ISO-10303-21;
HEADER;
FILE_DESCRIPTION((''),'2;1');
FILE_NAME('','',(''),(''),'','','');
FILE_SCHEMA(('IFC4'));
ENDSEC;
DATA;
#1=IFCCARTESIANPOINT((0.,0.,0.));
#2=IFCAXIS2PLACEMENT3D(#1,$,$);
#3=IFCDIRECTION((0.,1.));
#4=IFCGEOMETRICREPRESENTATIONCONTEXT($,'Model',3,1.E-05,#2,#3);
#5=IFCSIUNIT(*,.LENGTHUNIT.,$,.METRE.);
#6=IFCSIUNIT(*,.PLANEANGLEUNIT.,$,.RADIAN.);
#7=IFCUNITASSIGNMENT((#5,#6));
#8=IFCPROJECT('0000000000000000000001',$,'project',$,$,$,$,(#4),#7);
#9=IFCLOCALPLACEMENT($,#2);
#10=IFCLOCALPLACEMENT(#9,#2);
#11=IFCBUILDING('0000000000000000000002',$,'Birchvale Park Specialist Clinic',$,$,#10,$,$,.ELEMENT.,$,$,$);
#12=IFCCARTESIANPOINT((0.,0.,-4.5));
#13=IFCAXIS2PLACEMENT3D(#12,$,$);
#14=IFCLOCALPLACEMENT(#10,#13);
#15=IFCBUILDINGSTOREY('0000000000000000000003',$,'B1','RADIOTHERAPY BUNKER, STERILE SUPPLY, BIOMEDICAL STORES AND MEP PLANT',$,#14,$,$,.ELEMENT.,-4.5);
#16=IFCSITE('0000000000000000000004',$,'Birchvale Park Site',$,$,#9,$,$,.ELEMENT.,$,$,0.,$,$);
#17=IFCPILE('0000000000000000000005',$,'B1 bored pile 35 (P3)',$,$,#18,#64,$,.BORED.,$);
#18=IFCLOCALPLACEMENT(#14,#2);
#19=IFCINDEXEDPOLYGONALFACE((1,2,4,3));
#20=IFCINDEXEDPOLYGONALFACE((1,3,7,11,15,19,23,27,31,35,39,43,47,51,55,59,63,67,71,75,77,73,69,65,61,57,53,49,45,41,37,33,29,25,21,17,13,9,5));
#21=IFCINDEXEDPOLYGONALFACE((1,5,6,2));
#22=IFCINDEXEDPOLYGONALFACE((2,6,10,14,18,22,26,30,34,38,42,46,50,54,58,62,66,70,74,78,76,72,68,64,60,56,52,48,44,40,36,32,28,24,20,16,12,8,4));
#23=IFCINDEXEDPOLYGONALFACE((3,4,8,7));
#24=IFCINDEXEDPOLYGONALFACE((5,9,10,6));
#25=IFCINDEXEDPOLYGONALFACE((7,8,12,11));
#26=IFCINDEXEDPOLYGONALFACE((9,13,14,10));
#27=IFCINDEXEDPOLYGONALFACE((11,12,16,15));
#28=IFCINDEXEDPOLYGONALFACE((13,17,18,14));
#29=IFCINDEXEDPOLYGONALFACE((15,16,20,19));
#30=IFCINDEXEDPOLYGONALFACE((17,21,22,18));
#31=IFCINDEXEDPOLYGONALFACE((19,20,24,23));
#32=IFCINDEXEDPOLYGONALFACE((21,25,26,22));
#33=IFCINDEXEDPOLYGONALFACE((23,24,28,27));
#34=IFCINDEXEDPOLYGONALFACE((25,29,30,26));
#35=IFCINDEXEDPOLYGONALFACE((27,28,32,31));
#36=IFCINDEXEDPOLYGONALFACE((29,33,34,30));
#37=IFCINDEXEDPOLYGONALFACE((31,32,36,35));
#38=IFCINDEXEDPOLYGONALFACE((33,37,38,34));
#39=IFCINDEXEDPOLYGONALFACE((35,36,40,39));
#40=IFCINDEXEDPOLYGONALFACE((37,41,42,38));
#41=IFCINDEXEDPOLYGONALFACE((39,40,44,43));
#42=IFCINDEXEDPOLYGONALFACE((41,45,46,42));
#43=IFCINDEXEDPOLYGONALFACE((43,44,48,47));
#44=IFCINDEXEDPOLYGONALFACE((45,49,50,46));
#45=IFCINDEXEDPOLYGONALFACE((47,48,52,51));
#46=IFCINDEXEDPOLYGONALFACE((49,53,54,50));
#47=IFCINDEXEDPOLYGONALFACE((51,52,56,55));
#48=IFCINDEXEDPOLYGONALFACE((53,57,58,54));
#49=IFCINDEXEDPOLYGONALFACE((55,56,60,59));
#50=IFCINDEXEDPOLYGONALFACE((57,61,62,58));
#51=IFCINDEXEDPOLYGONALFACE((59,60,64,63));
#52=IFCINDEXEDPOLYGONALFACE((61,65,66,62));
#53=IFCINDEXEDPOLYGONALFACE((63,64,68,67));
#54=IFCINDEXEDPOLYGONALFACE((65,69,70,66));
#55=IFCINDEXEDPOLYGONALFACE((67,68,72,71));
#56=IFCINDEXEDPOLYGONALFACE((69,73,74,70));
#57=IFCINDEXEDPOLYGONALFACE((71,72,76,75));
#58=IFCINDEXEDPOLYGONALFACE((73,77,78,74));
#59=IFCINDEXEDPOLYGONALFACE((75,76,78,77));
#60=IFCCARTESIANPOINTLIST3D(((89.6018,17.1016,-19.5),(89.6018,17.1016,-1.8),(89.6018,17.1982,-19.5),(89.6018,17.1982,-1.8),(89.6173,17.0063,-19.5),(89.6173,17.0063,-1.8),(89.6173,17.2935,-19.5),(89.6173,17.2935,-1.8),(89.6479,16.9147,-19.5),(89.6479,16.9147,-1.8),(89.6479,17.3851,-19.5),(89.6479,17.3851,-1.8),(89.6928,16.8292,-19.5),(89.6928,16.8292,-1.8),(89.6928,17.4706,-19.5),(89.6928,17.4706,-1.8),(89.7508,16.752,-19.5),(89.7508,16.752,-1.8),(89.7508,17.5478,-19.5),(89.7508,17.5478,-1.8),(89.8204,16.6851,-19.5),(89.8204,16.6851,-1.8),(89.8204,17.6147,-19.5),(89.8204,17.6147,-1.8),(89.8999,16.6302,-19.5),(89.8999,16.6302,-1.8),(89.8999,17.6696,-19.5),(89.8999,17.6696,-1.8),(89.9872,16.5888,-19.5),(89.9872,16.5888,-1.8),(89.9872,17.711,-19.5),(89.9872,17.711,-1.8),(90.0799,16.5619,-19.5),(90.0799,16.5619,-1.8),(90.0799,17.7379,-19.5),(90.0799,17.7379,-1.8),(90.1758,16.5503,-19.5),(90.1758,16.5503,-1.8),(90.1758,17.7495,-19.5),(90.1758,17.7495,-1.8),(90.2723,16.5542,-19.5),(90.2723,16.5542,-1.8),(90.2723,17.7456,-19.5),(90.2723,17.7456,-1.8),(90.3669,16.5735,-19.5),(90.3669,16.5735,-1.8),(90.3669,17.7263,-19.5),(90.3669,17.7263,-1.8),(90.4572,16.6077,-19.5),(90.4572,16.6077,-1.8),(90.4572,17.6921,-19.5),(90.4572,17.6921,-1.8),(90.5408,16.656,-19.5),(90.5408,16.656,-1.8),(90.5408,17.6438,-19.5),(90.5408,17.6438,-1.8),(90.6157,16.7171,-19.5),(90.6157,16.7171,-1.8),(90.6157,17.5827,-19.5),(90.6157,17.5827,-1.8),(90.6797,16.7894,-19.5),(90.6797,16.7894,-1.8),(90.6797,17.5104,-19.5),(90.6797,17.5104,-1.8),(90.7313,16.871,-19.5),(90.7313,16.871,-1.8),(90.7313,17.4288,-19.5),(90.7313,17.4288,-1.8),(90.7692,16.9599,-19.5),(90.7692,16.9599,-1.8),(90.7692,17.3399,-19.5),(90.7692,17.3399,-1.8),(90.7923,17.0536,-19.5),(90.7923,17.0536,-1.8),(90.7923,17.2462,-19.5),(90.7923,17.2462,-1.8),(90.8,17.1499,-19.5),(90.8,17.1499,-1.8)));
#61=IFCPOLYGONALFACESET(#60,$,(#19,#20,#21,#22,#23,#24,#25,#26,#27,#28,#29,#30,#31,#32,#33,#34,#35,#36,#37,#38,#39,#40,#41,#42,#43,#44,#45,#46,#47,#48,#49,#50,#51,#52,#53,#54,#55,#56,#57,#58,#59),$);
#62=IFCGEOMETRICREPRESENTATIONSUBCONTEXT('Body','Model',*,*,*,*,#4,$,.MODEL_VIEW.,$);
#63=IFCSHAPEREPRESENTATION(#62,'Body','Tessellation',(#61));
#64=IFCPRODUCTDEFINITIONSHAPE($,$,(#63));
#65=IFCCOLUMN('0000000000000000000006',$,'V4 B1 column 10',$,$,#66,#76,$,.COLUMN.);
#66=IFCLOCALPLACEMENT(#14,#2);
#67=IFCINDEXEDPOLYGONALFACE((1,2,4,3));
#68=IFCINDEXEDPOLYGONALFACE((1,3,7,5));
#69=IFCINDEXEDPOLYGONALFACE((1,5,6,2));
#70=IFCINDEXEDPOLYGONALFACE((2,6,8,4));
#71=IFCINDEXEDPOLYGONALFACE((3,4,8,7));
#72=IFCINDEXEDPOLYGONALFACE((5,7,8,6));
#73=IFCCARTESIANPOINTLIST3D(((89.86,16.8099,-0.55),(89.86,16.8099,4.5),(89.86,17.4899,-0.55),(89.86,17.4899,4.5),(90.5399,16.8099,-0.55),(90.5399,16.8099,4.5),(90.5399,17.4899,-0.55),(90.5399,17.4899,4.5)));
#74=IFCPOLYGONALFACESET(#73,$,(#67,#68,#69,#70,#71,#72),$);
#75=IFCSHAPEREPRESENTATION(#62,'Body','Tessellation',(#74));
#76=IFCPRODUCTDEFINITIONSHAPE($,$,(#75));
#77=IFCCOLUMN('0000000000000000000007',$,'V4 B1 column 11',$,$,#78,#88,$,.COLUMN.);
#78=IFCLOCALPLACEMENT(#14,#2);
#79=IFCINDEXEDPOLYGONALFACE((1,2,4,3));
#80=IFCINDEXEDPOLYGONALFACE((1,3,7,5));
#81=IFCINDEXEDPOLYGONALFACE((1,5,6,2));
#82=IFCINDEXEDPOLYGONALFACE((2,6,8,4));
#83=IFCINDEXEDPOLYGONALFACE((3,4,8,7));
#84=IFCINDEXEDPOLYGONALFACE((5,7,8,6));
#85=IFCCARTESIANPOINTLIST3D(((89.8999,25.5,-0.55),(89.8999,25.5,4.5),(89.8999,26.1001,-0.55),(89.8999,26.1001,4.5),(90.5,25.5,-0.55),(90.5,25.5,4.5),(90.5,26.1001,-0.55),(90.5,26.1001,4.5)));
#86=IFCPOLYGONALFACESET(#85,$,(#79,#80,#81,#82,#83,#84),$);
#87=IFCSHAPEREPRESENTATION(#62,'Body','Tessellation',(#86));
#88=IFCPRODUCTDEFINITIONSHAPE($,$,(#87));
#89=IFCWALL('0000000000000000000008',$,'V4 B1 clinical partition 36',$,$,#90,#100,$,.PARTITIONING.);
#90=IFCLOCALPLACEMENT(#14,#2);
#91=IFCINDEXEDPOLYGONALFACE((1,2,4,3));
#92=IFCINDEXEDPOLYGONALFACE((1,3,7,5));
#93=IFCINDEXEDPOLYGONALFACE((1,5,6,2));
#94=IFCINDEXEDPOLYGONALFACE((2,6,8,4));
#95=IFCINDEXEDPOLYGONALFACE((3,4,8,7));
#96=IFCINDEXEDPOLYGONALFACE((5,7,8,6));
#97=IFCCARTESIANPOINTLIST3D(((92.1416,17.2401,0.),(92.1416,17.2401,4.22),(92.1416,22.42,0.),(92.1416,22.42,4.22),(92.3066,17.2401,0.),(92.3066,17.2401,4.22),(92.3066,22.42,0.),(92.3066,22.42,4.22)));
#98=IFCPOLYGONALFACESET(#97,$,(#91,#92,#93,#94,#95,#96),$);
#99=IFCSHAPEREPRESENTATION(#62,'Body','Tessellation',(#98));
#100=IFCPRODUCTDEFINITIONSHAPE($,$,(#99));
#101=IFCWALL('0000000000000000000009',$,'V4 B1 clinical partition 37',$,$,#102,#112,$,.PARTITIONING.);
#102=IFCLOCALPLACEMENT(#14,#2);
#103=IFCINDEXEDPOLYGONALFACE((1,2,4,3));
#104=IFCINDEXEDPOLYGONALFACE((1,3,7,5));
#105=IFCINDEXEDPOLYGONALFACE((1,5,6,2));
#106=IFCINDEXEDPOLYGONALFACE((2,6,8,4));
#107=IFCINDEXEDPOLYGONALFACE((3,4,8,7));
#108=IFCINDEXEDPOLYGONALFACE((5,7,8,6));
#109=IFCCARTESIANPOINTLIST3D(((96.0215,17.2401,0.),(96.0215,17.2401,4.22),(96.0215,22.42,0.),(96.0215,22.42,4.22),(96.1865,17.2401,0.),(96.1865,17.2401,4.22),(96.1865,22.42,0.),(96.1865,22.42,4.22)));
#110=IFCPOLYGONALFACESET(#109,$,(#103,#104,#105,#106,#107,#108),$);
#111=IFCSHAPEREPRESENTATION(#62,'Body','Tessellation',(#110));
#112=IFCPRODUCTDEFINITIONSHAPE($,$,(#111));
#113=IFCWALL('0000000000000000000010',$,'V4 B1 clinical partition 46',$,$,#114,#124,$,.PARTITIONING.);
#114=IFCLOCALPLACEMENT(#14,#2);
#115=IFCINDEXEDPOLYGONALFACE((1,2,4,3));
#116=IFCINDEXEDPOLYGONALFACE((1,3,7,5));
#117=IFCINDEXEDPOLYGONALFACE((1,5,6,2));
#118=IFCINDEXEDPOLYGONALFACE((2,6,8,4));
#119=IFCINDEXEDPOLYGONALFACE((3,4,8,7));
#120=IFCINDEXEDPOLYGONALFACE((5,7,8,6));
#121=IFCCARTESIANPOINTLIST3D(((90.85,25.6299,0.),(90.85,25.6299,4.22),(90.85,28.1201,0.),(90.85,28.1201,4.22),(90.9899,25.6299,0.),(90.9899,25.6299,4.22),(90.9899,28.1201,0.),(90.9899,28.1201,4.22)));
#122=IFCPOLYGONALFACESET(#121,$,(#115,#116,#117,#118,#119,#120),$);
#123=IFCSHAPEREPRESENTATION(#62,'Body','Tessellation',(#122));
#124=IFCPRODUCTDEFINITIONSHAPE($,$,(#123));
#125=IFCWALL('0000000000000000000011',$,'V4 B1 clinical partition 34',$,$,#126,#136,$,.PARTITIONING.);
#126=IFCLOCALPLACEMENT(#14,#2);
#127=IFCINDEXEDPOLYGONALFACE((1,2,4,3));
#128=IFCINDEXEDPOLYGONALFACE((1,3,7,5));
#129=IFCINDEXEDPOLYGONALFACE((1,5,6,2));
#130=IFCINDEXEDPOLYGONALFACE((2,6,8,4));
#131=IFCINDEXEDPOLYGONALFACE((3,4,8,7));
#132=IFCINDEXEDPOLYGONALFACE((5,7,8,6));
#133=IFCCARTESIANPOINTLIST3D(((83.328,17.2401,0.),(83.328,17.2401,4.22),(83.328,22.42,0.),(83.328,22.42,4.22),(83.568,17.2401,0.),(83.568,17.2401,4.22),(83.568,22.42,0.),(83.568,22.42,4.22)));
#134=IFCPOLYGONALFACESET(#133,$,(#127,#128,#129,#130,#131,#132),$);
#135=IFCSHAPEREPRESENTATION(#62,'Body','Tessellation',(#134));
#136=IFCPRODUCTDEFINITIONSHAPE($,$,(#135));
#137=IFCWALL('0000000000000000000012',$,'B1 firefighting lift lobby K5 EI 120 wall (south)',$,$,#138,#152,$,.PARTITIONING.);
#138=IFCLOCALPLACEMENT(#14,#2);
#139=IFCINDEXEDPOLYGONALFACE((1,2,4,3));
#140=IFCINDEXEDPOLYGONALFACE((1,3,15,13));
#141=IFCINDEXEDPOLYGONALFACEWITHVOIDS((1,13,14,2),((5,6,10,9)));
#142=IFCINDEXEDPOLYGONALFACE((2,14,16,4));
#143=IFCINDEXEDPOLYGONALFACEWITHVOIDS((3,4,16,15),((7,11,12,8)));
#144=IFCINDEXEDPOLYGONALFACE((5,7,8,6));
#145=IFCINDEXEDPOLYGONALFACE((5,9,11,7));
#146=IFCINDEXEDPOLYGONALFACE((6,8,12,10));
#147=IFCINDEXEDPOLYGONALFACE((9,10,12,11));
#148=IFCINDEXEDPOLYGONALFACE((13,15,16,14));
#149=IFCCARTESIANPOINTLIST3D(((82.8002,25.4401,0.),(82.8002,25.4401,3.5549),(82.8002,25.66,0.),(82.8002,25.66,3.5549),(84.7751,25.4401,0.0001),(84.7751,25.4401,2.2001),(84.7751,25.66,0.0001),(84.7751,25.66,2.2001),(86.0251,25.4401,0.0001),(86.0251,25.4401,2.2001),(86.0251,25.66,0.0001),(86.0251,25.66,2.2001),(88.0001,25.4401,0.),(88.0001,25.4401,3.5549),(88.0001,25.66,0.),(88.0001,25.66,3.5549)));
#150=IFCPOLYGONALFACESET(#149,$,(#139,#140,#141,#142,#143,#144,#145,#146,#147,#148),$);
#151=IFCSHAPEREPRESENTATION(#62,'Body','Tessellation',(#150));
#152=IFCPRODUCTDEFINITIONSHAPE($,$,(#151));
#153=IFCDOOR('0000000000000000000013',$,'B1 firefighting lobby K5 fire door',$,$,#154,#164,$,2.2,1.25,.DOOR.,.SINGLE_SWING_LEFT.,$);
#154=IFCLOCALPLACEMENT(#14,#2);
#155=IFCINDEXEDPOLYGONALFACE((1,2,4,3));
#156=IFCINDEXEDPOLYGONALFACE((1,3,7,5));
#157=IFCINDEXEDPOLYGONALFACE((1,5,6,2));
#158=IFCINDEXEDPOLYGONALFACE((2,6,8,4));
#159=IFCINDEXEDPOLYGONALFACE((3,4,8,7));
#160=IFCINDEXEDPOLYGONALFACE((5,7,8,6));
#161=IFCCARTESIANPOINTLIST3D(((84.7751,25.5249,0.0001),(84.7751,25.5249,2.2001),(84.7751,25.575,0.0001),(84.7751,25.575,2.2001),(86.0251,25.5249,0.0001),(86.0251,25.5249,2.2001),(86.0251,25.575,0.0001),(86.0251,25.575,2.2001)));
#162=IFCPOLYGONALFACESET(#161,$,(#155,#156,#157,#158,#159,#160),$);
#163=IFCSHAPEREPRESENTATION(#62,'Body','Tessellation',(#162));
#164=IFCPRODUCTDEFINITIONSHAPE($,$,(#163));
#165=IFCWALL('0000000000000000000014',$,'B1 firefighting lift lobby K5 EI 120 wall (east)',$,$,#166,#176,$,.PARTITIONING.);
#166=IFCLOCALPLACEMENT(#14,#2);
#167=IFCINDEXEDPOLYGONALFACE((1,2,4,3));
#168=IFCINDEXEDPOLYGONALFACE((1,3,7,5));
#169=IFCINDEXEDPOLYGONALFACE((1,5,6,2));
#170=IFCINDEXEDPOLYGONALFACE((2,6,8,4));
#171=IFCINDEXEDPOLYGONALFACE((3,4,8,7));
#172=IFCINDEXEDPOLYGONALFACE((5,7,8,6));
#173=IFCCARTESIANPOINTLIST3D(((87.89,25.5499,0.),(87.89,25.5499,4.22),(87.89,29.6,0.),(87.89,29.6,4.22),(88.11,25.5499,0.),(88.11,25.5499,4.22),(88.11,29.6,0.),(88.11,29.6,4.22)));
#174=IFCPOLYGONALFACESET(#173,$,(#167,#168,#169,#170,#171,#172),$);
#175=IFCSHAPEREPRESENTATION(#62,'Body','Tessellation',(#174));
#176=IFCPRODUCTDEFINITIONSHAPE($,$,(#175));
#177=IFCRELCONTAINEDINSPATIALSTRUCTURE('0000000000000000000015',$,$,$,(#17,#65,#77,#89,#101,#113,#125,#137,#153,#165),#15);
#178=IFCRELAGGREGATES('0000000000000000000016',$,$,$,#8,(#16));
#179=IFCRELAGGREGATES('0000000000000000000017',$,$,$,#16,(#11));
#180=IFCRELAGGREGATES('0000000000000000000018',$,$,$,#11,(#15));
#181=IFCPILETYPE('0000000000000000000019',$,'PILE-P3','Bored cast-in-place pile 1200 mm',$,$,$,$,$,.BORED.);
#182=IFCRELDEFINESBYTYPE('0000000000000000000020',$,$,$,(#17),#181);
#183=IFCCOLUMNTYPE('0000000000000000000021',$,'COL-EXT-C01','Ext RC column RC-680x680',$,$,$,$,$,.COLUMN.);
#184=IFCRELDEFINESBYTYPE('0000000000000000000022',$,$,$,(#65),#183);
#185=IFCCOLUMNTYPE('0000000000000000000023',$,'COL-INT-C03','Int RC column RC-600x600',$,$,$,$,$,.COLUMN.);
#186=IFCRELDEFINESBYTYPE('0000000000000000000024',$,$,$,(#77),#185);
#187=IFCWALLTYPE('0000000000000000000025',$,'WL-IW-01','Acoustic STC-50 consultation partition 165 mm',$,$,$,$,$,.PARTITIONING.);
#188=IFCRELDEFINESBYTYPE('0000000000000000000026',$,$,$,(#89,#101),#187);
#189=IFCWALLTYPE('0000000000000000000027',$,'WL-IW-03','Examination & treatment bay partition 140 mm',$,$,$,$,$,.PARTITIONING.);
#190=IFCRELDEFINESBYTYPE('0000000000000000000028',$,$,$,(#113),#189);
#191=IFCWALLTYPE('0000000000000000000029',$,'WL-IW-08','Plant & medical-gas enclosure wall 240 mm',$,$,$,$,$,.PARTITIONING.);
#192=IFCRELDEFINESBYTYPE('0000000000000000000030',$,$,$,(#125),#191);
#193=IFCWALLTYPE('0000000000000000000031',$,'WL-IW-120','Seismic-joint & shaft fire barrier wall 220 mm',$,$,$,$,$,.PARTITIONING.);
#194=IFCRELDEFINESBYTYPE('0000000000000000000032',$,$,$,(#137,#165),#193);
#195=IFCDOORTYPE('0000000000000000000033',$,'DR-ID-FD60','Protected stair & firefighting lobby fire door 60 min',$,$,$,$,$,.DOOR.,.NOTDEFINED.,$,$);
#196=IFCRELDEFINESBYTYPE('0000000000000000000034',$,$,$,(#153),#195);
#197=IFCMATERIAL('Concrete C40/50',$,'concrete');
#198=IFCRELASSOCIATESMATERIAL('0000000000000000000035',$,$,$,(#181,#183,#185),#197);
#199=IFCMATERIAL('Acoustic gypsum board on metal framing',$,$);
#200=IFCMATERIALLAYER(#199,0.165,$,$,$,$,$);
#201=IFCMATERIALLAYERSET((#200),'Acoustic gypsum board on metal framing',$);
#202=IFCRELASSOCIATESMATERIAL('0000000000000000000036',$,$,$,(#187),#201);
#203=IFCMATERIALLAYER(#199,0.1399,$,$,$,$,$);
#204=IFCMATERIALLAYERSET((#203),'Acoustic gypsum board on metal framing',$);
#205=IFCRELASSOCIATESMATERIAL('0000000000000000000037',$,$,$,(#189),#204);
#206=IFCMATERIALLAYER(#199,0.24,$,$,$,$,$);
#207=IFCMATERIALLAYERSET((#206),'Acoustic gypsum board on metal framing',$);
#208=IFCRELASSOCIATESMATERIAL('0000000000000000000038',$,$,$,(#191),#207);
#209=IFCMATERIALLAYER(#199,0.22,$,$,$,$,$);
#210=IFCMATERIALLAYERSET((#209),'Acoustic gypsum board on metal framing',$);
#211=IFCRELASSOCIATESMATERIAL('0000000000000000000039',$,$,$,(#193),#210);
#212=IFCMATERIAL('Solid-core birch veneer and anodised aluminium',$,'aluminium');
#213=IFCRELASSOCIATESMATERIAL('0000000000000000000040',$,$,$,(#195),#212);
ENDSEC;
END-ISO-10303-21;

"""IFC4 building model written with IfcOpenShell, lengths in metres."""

from ifc_helpers import new_model, si_unit, direction, frame, frame_2d, origin, origin_2d, place, context, subcontext, project, spatial, rectangle, circle, extrude, material, layer, layer_set, material_profile, profile_set, type_object, element, fill, save


model = new_model("IFC4")

# Units and contexts
model_context = context("Model", 3, precision=1e-05, world=origin(), true_north=direction((0.0, 1.0)))
body_context = subcontext(model_context, "Body", "Model", "MODEL_VIEW")
ifc_project = project(units=[si_unit("LENGTHUNIT", "METRE"), si_unit("PLANEANGLEUNIT", "RADIAN")], contexts=[model_context])

# Site, building, storey
site_placement = place(None, origin())
site = spatial("IfcSite", under=ifc_project, at=site_placement, Name="Birchvale Park Site", CompositionType="ELEMENT", RefElevation=0.0)
building_placement = place(site_placement, origin())
building = spatial("IfcBuilding", under=site, at=building_placement, Name="Birchvale Park Specialist Clinic", CompositionType="ELEMENT")
storey_placement = place(building_placement, frame((0.0, 0.0, -4.5)))
storey = spatial("IfcBuildingStorey", under=building, at=storey_placement, Name="B1", Description="RADIOTHERAPY BUNKER, STERILE SUPPLY, BIOMEDICAL STORES AND MEP PLANT", CompositionType="ELEMENT", Elevation=-4.5)

# Shared definitions
ifc_material_1 = material(Name="Concrete C40/50", Category="concrete")

# Pile
ifc_material_profile_1 = material_profile(ifc_material_1, circle(Radius=0.6001, at=origin_2d()), Name="PILE-1200")
ifc_profile_set_1 = profile_set([ifc_material_profile_1], Name="Concrete C40/50")
pile_type_1 = type_object("IfcPileType", Name="PILE-P3", Description="Bored cast-in-place pile 1200 mm", PredefinedType="BORED", material=ifc_profile_set_1)
pile_1_placement = place(storey_placement, frame((90.2, 17.1499, -1.8), z_axis=(0.0, 0.0, -1.0), x_axis=(1.0, 0.0, 0.0)))
element("IfcPile", 1, at=pile_1_placement, inside=storey, type_object=pile_type_1, Name="B1 bored pile 35 (P3)", PredefinedType="BORED", context=body_context, shape_type="SweptSolid", body=[
    extrude(circle(Radius=0.6001, at=origin_2d()), origin(), (0.0, 0.0, 1.0), 17.7),
])

# Columns
ifc_material_profile_2 = material_profile(ifc_material_1, rectangle(XDim=0.6799, YDim=0.6799, at=origin_2d()), Name="RC-680x680")
ifc_profile_set_2 = profile_set([ifc_material_profile_2], Name="Concrete C40/50")
column_type_1 = type_object("IfcColumnType", Name="COL-EXT-C01", Description="Ext RC column RC-680x680", PredefinedType="COLUMN", material=ifc_profile_set_2)
column_1_placement = place(storey_placement, frame((90.2, 17.1499, -0.55), z_axis=(0.0, 0.0, 1.0), x_axis=(1.0, 0.0, 0.0)))
element("IfcColumn", 2, at=column_1_placement, inside=storey, type_object=column_type_1, Name="V4 B1 column 10", PredefinedType="COLUMN", context=body_context, shape_type="SweptSolid", body=[
    extrude(rectangle(XDim=0.6799, YDim=0.6799, at=origin_2d()), origin(), (0.0, 0.0, 1.0), 5.05),
])
ifc_material_profile_3 = material_profile(ifc_material_1, rectangle(XDim=0.6001, YDim=0.6001, at=origin_2d()), Name="RC-600x600")
ifc_profile_set_3 = profile_set([ifc_material_profile_3], Name="Concrete C40/50")
column_type_2 = type_object("IfcColumnType", Name="COL-INT-C03", Description="Int RC column RC-600x600", PredefinedType="COLUMN", material=ifc_profile_set_3)
column_2_placement = place(storey_placement, frame((90.2, 25.8, -0.55), z_axis=(0.0, 0.0, 1.0), x_axis=(1.0, 0.0, 0.0)))
element("IfcColumn", 3, at=column_2_placement, inside=storey, type_object=column_type_2, Name="V4 B1 column 11", PredefinedType="COLUMN", context=body_context, shape_type="SweptSolid", body=[
    extrude(rectangle(XDim=0.6001, YDim=0.6001, at=origin_2d()), origin(), (0.0, 0.0, 1.0), 5.05),
])

# Walls
ifc_material_2 = material(Name="Acoustic gypsum board on metal framing")
ifc_layer_1 = layer(ifc_material_2, 0.165)
ifc_layer_set_1 = layer_set([ifc_layer_1], Name="Acoustic gypsum board on metal framing")
wall_type_1 = type_object("IfcWallType", Name="WL-IW-01", Description="Acoustic STC-50 consultation partition 165 mm", PredefinedType="PARTITIONING", material=ifc_layer_set_1)
for number, where, z_axis, x_axis, name in (
    (4, (92.2241, 22.4199, 0.0), (0.0, 0.0, 1.0), (0.0, -1.0, 0.0), "V4 B1 clinical partition 36"),
    (5, (96.104, 22.4199, 0.0), (0.0, 0.0, 1.0), (0.0, -1.0, 0.0), "V4 B1 clinical partition 37"),
):
    element("IfcWall", number, at=place(storey_placement, frame(where, z_axis=z_axis, x_axis=x_axis)), inside=storey, type_object=wall_type_1, Name=name, PredefinedType="PARTITIONING", context=body_context, shape_type="SweptSolid", body=[
        extrude(rectangle(XDim=5.1799, YDim=0.165, at=frame_2d((2.5898, 0.0))), origin(), (0.0, 0.0, 1.0), 4.22),
    ])
ifc_layer_2 = layer(ifc_material_2, 0.1399)
ifc_layer_set_2 = layer_set([ifc_layer_2], Name="Acoustic gypsum board on metal framing")
wall_type_2 = type_object("IfcWallType", Name="WL-IW-03", Description="Examination & treatment bay partition 140 mm", PredefinedType="PARTITIONING", material=ifc_layer_set_2)
wall_1_placement = place(storey_placement, frame((90.9199, 28.1201, 0.0), z_axis=(0.0, 0.0, 1.0), x_axis=(0.0, -1.0, 0.0)))
element("IfcWall", 6, at=wall_1_placement, inside=storey, type_object=wall_type_2, Name="V4 B1 clinical partition 46", PredefinedType="PARTITIONING", context=body_context, shape_type="SweptSolid", body=[
    extrude(rectangle(XDim=2.4902, YDim=0.1399, at=frame_2d((1.2451, 0.0))), origin(), (0.0, 0.0, 1.0), 4.22),
])
ifc_layer_3 = layer(ifc_material_2, 0.24)
ifc_layer_set_3 = layer_set([ifc_layer_3], Name="Acoustic gypsum board on metal framing")
wall_type_3 = type_object("IfcWallType", Name="WL-IW-08", Description="Plant & medical-gas enclosure wall 240 mm", PredefinedType="PARTITIONING", material=ifc_layer_set_3)
wall_2_placement = place(storey_placement, frame((83.448, 22.4199, 0.0), z_axis=(0.0, 0.0, 1.0), x_axis=(0.0, -1.0, 0.0)))
element("IfcWall", 7, at=wall_2_placement, inside=storey, type_object=wall_type_3, Name="V4 B1 clinical partition 34", PredefinedType="PARTITIONING", context=body_context, shape_type="SweptSolid", body=[
    extrude(rectangle(XDim=5.1799, YDim=0.24, at=frame_2d((2.5898, 0.0))), origin(), (0.0, 0.0, 1.0), 4.22),
])

# Wall, opening, door
ifc_layer_4 = layer(ifc_material_2, 0.22)
ifc_layer_set_4 = layer_set([ifc_layer_4], Name="Acoustic gypsum board on metal framing")
wall_type_4 = type_object("IfcWallType", Name="WL-IW-120", Description="Seismic-joint & shaft fire barrier wall 220 mm", PredefinedType="PARTITIONING", material=ifc_layer_set_4)
wall_3_placement = place(storey_placement, frame((82.8, 25.55, 0.0), z_axis=(0.0, 0.0, 1.0), x_axis=(1.0, 0.0, 0.0)))
wall_3 = element("IfcWall", 8, at=wall_3_placement, inside=storey, type_object=wall_type_4, Name="B1 firefighting lift lobby K5 EI 120 wall (south)", PredefinedType="PARTITIONING", context=body_context, shape_type="SweptSolid", body=[
    extrude(rectangle(XDim=5.2, YDim=0.22, at=frame_2d((2.6001, 0.0))), origin(), (0.0, 0.0, 1.0), 3.5549),
])
opening_1_placement = place(wall_3_placement, frame((1.9751, 0.0, 0.0)))
opening_1 = element("IfcOpeningElement", 9, at=opening_1_placement, cuts=wall_3, PredefinedType="OPENING", context=body_context, shape_type="SweptSolid", body=[
    extrude(rectangle(XDim=1.25, YDim=2.2, at=frame_2d((0.625, 1.1001))), frame((0.0, 0.1201, 0.0), z_axis=(0.0, -1.0, 0.0), x_axis=(1.0, 0.0, 0.0)), (0.0, 0.0, 1.0), 0.24),
])
ifc_material_3 = material(Name="Solid-core birch veneer and anodised aluminium", Category="aluminium")
door_type_1 = type_object("IfcDoorType", Name="DR-ID-FD60", Description="Protected stair & firefighting lobby fire door 60 min", OperationType="NOTDEFINED", PredefinedType="DOOR", material=ifc_material_3)
door_1_placement = place(opening_1_placement, origin())
door_1 = element("IfcDoor", 10, at=door_1_placement, inside=storey, type_object=door_type_1, Name="B1 firefighting lobby K5 fire door", OperationType="SINGLE_SWING_LEFT", OverallHeight=2.2, OverallWidth=1.25, PredefinedType="DOOR", context=body_context, shape_type="SweptSolid", body=[
    extrude(rectangle(XDim=1.25, YDim=2.2, at=frame_2d((0.625, 1.1001))), frame((0.0, 0.0249, 0.0), z_axis=(0.0, -1.0, 0.0), x_axis=(1.0, 0.0, 0.0)), (0.0, 0.0, 1.0), 0.05),
])
fill(opening_1, door_1)

# Wall
wall_4_placement = place(storey_placement, frame((88.0, 25.55, 0.0), z_axis=(0.0, 0.0, 1.0), x_axis=(0.0, 1.0, 0.0)))
element("IfcWall", 11, at=wall_4_placement, inside=storey, type_object=wall_type_4, Name="B1 firefighting lift lobby K5 EI 120 wall (east)", PredefinedType="PARTITIONING", context=body_context, shape_type="SweptSolid", body=[
    extrude(rectangle(XDim=4.05, YDim=0.22, at=frame_2d((2.0249, 0.0))), origin(), (0.0, 0.0, 1.0), 4.22),
])

save(model, "model.ifc")
